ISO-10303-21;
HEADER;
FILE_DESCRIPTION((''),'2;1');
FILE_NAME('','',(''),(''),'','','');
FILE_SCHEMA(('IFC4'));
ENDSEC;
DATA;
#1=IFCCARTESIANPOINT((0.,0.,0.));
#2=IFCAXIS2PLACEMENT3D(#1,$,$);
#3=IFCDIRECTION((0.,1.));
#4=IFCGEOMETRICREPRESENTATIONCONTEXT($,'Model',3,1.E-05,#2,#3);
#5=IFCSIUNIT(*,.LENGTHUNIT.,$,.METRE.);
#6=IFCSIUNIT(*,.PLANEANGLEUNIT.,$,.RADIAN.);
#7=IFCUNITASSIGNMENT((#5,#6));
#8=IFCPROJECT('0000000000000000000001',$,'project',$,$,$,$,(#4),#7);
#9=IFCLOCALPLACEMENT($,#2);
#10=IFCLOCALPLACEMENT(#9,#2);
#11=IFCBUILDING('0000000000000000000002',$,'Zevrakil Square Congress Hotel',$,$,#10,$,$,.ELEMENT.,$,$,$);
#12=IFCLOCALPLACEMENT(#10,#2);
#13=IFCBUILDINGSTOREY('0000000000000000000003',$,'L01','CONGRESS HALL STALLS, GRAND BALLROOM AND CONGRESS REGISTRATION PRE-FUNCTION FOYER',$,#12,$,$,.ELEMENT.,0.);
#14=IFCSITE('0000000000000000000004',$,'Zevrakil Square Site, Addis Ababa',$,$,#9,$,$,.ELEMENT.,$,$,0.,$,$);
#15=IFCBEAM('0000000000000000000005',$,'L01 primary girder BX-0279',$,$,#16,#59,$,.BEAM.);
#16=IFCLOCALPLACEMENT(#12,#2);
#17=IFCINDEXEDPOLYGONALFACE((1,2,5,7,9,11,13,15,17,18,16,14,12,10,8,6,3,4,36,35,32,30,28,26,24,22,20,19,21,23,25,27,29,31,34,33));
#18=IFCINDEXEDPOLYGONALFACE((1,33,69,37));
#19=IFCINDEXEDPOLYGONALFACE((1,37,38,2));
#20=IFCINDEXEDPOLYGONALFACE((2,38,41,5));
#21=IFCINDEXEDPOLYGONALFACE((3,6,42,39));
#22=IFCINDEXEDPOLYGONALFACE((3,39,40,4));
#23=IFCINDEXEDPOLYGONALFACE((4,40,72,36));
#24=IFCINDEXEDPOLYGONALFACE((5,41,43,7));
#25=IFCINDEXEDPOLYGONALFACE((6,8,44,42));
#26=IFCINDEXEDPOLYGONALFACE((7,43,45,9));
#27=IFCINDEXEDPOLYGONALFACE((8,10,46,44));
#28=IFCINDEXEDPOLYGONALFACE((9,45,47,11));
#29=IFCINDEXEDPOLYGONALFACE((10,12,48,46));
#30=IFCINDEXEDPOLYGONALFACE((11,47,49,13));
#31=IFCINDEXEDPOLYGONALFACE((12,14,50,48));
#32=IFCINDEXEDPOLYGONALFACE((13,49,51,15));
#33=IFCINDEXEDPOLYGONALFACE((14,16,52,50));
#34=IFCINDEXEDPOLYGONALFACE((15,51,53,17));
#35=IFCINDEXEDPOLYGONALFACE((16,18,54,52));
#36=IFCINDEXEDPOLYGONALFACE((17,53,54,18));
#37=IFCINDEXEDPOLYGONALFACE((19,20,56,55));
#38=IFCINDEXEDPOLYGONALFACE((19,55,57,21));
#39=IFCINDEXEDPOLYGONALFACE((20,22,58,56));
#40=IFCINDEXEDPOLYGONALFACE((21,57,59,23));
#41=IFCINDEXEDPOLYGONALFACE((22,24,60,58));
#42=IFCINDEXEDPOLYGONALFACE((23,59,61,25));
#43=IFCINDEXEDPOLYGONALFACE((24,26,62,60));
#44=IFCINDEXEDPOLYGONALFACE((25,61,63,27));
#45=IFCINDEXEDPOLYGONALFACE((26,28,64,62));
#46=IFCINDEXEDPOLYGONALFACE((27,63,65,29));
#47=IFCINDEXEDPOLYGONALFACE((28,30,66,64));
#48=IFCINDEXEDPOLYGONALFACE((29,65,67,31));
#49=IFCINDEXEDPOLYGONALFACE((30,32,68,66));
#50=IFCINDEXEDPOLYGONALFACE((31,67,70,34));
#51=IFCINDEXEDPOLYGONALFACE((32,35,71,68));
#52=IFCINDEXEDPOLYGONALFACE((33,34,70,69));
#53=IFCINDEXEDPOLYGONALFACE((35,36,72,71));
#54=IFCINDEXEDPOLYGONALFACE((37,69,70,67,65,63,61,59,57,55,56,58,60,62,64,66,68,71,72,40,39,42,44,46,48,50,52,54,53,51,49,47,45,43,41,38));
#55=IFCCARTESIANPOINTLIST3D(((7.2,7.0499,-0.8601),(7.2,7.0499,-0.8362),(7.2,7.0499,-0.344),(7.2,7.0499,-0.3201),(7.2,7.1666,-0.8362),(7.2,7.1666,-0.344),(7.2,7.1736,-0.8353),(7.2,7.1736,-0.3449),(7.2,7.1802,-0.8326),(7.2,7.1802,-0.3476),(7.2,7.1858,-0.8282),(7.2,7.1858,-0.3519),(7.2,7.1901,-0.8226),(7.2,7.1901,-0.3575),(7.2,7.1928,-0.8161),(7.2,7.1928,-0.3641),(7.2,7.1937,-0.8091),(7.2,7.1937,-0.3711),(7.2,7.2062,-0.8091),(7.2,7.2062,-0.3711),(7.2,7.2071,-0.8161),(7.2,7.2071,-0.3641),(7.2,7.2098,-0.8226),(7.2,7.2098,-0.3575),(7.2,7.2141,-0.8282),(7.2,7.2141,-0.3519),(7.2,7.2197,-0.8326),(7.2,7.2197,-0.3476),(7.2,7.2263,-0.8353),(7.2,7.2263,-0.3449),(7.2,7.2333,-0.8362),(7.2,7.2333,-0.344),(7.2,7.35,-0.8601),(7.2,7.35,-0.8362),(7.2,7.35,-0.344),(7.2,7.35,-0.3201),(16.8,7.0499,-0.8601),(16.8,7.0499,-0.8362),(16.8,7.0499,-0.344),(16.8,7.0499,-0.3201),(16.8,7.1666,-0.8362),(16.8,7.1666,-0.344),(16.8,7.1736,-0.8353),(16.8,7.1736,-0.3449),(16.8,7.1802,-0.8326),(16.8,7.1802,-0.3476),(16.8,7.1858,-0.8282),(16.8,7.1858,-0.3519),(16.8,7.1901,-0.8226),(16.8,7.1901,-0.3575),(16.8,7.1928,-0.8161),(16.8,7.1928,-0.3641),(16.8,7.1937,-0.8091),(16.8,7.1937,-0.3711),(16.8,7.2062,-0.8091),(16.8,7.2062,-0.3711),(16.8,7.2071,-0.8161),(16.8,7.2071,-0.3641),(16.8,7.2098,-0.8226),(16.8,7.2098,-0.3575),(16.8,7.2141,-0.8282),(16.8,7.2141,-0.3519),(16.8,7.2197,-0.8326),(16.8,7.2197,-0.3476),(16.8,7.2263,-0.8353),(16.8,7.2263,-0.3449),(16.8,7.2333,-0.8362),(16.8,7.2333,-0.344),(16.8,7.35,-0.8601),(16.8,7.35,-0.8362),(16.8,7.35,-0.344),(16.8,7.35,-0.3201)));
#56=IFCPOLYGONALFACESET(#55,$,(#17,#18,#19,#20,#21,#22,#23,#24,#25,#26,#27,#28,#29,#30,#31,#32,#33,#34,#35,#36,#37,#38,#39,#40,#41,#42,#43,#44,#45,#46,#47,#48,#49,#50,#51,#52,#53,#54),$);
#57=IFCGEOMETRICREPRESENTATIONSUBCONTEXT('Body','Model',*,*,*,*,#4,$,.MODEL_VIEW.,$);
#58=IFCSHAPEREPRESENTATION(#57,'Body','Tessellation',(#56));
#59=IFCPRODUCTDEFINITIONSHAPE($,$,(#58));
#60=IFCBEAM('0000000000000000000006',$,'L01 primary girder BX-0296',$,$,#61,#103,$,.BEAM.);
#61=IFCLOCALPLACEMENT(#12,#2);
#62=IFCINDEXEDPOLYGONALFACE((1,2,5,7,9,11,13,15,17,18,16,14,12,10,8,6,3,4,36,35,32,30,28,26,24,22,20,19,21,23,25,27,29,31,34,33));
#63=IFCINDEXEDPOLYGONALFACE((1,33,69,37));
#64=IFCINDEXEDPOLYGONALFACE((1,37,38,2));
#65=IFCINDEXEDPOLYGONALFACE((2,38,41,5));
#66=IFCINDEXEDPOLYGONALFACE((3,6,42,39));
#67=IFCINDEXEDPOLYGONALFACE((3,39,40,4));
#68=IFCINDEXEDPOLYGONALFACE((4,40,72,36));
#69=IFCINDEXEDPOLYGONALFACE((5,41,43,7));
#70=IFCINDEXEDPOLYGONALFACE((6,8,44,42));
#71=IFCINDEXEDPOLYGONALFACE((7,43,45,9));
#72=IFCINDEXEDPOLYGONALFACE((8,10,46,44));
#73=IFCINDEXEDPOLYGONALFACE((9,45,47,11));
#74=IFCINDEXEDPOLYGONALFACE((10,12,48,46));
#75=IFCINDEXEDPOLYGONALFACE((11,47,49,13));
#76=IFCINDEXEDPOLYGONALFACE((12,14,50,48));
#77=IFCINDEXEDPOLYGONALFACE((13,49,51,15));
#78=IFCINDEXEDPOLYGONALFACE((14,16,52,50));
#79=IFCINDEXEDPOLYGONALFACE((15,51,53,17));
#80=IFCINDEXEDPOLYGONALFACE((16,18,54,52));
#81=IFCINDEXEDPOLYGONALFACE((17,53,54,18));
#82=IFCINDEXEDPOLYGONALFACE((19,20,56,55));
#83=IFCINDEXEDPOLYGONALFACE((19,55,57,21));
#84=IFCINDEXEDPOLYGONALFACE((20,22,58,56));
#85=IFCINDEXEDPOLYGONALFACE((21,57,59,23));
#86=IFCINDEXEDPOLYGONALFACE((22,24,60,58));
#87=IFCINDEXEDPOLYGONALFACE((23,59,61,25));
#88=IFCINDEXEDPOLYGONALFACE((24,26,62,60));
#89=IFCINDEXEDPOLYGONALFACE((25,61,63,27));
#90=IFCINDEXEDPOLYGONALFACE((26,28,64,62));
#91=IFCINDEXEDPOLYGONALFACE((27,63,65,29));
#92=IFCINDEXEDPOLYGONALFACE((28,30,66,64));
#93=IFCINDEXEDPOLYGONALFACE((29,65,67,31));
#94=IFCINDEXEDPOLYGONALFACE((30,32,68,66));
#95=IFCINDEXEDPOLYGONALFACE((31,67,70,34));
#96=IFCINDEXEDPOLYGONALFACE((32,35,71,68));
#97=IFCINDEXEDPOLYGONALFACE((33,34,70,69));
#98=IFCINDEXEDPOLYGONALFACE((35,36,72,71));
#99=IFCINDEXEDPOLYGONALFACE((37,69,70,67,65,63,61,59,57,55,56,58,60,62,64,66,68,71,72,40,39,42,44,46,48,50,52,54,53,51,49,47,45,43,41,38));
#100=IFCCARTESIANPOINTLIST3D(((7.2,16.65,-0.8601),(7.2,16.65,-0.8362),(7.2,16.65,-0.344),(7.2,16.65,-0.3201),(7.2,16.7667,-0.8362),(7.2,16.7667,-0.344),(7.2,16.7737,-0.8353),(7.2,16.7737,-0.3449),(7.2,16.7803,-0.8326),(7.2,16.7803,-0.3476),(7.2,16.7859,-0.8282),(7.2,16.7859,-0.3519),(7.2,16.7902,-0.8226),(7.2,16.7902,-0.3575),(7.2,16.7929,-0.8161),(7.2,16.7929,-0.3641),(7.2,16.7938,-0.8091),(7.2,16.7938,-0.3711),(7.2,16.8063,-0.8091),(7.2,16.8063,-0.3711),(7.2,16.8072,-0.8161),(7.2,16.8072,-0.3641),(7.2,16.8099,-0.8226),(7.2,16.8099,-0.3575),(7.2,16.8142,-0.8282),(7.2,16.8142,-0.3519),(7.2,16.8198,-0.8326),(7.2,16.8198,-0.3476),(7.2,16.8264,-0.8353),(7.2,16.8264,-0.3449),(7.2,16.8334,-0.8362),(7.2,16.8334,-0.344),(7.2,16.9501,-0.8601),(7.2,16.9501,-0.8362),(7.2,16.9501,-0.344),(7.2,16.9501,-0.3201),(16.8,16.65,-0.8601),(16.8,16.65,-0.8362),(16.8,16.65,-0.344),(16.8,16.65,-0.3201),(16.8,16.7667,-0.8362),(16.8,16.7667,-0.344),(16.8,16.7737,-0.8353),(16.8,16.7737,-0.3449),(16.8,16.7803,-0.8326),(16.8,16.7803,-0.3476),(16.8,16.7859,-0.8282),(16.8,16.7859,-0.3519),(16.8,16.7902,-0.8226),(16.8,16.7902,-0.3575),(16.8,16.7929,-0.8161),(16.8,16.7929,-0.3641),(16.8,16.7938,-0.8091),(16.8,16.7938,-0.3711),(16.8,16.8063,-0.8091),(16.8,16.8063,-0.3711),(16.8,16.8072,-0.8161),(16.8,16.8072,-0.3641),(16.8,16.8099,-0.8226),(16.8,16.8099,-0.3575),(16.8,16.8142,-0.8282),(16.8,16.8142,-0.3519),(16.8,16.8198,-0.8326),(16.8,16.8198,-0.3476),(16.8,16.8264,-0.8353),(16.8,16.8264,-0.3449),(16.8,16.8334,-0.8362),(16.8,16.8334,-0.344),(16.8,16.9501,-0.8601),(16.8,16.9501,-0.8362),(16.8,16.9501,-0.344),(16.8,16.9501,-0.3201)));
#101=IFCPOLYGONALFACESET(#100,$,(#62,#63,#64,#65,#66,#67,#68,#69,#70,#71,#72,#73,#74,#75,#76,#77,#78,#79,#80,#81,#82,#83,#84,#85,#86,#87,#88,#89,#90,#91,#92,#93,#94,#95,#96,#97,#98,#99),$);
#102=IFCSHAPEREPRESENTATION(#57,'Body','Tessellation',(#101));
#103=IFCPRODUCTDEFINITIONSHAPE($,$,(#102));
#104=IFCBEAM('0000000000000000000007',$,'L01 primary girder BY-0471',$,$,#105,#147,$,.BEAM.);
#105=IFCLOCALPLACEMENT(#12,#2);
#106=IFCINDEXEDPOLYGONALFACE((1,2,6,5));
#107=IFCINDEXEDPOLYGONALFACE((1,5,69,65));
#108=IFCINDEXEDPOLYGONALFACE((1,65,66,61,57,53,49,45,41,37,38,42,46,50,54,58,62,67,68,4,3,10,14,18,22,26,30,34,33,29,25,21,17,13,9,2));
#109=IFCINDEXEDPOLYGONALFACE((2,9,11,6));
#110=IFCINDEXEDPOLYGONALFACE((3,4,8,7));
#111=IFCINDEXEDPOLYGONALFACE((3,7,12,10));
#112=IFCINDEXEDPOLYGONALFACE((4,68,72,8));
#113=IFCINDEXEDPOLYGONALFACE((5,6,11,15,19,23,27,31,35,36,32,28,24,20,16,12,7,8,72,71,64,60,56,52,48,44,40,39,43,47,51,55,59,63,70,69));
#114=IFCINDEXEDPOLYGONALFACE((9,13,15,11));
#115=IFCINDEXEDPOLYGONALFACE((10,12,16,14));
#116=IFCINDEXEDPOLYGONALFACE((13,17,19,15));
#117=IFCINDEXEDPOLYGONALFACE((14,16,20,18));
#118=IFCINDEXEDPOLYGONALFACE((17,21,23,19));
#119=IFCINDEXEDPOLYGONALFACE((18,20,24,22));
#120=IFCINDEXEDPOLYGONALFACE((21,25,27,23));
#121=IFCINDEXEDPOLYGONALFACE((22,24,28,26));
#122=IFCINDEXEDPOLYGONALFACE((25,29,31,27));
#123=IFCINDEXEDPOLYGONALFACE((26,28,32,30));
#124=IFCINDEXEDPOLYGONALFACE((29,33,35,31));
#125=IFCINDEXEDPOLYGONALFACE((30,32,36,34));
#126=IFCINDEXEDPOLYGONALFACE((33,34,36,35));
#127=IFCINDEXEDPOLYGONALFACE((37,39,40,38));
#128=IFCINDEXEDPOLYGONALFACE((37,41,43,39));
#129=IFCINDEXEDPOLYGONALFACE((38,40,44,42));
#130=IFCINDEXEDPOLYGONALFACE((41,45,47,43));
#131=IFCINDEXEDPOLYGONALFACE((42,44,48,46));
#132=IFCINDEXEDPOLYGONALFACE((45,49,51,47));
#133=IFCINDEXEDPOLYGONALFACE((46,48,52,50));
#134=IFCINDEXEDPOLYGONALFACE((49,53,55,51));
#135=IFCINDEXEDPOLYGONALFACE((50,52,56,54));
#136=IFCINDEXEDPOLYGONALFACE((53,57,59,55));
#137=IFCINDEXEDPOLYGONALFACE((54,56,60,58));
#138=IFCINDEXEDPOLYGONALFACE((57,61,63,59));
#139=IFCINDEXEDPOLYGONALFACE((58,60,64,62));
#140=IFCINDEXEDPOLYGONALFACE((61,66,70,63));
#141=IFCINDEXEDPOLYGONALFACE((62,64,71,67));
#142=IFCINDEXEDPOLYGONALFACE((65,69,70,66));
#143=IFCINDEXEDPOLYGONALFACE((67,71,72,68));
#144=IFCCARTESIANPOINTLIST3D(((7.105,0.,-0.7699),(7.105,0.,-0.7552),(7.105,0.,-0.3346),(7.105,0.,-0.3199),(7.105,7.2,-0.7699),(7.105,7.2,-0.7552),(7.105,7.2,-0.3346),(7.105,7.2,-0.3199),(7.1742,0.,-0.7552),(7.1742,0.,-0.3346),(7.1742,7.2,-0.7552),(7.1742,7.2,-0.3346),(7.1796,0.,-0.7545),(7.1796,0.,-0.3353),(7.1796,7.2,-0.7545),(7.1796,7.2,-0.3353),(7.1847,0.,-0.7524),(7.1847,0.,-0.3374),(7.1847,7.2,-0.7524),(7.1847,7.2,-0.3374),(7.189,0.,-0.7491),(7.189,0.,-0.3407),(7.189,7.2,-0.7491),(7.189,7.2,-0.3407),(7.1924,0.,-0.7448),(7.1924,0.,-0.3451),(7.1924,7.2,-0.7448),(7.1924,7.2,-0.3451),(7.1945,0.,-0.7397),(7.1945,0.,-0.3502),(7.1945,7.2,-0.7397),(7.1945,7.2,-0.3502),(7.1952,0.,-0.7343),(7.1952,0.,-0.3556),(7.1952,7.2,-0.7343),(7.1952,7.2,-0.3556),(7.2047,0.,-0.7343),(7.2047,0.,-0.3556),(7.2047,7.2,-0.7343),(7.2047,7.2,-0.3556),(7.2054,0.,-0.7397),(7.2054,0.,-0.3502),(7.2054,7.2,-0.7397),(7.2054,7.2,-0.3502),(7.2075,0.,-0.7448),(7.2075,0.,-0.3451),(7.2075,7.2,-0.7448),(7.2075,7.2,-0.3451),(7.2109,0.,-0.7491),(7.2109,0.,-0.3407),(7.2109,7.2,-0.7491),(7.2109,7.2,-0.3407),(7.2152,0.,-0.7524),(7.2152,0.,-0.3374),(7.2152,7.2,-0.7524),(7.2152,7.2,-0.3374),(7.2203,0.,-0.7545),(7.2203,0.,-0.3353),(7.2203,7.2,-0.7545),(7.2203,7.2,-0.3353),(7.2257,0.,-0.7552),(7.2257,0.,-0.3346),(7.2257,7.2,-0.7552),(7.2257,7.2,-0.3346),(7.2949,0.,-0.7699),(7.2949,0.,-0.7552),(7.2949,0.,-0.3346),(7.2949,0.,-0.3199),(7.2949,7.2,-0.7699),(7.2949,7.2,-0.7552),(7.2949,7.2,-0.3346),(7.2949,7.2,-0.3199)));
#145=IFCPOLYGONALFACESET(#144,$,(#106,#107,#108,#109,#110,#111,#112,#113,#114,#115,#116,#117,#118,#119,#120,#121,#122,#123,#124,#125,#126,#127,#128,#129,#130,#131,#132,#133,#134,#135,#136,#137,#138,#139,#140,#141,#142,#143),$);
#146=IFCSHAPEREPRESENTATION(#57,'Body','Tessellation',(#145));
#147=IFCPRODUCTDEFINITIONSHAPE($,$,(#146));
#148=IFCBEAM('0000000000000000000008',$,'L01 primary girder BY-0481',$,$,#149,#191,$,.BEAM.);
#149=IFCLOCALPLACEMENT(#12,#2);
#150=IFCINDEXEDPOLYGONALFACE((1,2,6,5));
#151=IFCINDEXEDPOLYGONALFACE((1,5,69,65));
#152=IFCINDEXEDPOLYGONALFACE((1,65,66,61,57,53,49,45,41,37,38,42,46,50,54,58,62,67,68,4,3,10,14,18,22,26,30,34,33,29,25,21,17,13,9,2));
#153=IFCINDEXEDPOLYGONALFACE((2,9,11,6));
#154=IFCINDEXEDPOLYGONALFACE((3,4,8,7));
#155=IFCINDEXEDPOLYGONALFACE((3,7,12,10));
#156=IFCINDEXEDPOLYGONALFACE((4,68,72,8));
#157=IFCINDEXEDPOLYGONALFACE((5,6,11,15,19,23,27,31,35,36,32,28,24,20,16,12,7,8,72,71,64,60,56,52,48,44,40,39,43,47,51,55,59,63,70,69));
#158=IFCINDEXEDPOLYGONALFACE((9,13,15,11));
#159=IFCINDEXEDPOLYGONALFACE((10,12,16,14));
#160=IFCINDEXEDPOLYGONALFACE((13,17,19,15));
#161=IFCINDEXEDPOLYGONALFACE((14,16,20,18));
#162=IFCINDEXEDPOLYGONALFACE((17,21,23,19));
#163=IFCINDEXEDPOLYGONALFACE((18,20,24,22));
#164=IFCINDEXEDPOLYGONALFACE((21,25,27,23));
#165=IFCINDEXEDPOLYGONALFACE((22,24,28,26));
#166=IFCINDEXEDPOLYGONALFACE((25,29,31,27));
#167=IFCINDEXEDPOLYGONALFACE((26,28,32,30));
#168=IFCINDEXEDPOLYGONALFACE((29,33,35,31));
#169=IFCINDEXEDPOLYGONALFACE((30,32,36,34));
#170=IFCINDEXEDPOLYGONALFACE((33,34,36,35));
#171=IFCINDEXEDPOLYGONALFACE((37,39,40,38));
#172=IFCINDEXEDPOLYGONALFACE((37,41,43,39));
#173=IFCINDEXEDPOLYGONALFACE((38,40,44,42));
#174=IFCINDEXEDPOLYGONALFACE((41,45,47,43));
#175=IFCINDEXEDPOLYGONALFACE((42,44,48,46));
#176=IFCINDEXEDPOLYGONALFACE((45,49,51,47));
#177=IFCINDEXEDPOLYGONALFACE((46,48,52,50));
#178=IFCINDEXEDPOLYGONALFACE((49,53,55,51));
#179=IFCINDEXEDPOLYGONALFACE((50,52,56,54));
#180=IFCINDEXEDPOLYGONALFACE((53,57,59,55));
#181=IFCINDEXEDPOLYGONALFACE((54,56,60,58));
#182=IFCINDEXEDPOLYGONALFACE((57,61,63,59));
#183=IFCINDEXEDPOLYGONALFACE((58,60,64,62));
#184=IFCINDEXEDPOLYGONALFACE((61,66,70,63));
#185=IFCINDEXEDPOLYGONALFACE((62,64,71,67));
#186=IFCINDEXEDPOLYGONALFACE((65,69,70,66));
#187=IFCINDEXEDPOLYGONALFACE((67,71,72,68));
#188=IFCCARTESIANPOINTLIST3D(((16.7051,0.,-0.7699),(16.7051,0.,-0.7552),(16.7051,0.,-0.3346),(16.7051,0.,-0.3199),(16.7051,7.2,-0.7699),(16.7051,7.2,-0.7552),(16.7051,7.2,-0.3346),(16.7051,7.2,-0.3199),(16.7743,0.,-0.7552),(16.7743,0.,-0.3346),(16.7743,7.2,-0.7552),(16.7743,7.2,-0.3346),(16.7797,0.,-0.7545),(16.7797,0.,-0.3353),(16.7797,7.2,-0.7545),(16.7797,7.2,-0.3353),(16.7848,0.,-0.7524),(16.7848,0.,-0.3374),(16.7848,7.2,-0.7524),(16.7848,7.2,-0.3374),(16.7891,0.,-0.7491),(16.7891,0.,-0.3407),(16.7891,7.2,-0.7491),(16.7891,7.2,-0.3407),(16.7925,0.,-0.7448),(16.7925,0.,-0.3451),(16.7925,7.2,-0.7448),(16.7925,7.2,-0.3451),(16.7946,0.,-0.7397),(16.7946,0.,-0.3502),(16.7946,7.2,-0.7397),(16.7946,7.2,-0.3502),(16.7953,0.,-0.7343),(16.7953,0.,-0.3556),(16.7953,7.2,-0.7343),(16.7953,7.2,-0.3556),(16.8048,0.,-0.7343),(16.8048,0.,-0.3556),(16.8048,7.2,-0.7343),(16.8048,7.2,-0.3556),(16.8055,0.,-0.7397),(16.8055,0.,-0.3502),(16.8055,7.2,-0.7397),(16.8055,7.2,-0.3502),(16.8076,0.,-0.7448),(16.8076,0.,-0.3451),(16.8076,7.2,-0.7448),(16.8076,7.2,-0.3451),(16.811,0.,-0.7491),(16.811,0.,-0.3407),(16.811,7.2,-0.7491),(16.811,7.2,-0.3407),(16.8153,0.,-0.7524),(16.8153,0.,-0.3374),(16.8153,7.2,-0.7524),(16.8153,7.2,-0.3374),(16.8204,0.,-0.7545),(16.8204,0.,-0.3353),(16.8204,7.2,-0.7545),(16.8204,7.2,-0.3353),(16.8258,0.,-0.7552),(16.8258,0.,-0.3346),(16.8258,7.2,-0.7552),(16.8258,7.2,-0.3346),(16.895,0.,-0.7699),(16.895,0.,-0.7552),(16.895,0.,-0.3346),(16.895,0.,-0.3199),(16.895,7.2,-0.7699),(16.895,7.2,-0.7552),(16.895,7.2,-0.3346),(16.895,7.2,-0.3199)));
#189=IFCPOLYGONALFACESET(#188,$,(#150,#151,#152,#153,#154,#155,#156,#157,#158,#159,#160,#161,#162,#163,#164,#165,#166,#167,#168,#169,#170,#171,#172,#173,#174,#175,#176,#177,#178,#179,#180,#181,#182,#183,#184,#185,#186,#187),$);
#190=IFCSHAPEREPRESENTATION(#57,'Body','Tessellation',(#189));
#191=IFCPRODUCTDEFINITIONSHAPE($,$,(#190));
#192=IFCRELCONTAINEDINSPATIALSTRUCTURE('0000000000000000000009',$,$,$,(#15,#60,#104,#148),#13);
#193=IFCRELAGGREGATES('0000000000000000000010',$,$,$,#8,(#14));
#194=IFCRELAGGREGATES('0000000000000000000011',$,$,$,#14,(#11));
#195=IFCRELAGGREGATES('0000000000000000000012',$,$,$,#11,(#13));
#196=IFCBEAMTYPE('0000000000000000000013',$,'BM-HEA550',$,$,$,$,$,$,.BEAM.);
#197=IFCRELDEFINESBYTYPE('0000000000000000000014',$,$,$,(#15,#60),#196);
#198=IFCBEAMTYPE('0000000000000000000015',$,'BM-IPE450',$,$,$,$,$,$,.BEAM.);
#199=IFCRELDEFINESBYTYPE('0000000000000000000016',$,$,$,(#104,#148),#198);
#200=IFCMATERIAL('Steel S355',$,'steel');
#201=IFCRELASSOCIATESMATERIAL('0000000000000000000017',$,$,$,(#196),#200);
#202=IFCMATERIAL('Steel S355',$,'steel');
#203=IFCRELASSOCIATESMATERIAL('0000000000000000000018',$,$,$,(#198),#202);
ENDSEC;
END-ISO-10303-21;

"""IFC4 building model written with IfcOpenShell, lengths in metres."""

from ifc_helpers import new_model, si_unit, direction, frame, origin, origin_2d, place, context, subcontext, project, spatial, i_section, extrude, material, material_profile, profile_set, type_object, element, save


model = new_model("IFC4")

# Units and contexts
model_context = context("Model", 3, precision=1e-05, world=origin(), true_north=direction((0.0, 1.0)))
body_context = subcontext(model_context, "Body", "Model", "MODEL_VIEW")
ifc_project = project(units=[si_unit("LENGTHUNIT", "METRE"), si_unit("PLANEANGLEUNIT", "RADIAN")], contexts=[model_context])

# Site, building, storey
site_placement = place(None, origin())
site = spatial("IfcSite", under=ifc_project, at=site_placement, Name="Zevrakil Square Site, Addis Ababa", CompositionType="ELEMENT", RefElevation=0.0)
building_placement = place(site_placement, origin())
building = spatial("IfcBuilding", under=site, at=building_placement, Name="Zevrakil Square Congress Hotel", CompositionType="ELEMENT")
storey_placement = place(building_placement, origin())
storey = spatial("IfcBuildingStorey", under=building, at=storey_placement, Name="L01", Description="CONGRESS HALL STALLS, GRAND BALLROOM AND CONGRESS REGISTRATION PRE-FUNCTION FOYER", CompositionType="ELEMENT", Elevation=0.0)

# Beams
ifc_material_1 = material(Name="Steel S355", Category="steel")
ifc_material_profile_1 = material_profile(ifc_material_1, i_section(OverallWidth=0.3, OverallDepth=0.54, WebThickness=0.0125, FlangeThickness=0.0239, FilletRadius=0.0271, at=origin_2d()), Name="HEA 550")
ifc_profile_set_1 = profile_set([ifc_material_profile_1], Name="Steel S355")
beam_type_1 = type_object("IfcBeamType", Name="BM-HEA550", PredefinedType="BEAM", material=ifc_profile_set_1)
for number, where, z_axis, x_axis, name in (
    (1, (7.2, 7.2, -0.5901), (1.0, 0.0, 0.0), (0.0, 1.0, 0.0), "L01 primary girder BX-0279"),
    (2, (7.2, 16.8, -0.5901), (1.0, 0.0, 0.0), (0.0, 1.0, 0.0), "L01 primary girder BX-0296"),
):
    element("IfcBeam", number, at=place(storey_placement, frame(where, z_axis=z_axis, x_axis=x_axis)), inside=storey, type_object=beam_type_1, Name=name, PredefinedType="BEAM", context=body_context, shape_type="SweptSolid", body=[
        extrude(i_section(OverallWidth=0.3, OverallDepth=0.54, WebThickness=0.0125, FlangeThickness=0.0239, FilletRadius=0.0271, at=origin_2d()), origin(), (0.0, 0.0, 1.0), 9.6001),
    ])
ifc_material_2 = material(Name="Steel S355", Category="steel")
ifc_material_profile_2 = material_profile(ifc_material_2, i_section(OverallWidth=0.1899, OverallDepth=0.45, WebThickness=0.0095, FlangeThickness=0.0146, FilletRadius=0.021, at=origin_2d()), Name="IPE 450")
ifc_profile_set_2 = profile_set([ifc_material_profile_2], Name="Steel S355")
beam_type_2 = type_object("IfcBeamType", Name="BM-IPE450", PredefinedType="BEAM", material=ifc_profile_set_2)
for number, where, z_axis, x_axis, name in (
    (3, (7.2, 0.0, -0.5449), (0.0, 1.0, 0.0), (-1.0, 0.0, 0.0), "L01 primary girder BY-0471"),
    (4, (16.8, 0.0, -0.5449), (0.0, 1.0, 0.0), (-1.0, 0.0, 0.0), "L01 primary girder BY-0481"),
):
    element("IfcBeam", number, at=place(storey_placement, frame(where, z_axis=z_axis, x_axis=x_axis)), inside=storey, type_object=beam_type_2, Name=name, PredefinedType="BEAM", context=body_context, shape_type="SweptSolid", body=[
        extrude(i_section(OverallWidth=0.1899, OverallDepth=0.45, WebThickness=0.0095, FlangeThickness=0.0146, FilletRadius=0.021, at=origin_2d()), origin(), (0.0, 0.0, 1.0), 7.2),
    ])

save(model, "model.ifc")
